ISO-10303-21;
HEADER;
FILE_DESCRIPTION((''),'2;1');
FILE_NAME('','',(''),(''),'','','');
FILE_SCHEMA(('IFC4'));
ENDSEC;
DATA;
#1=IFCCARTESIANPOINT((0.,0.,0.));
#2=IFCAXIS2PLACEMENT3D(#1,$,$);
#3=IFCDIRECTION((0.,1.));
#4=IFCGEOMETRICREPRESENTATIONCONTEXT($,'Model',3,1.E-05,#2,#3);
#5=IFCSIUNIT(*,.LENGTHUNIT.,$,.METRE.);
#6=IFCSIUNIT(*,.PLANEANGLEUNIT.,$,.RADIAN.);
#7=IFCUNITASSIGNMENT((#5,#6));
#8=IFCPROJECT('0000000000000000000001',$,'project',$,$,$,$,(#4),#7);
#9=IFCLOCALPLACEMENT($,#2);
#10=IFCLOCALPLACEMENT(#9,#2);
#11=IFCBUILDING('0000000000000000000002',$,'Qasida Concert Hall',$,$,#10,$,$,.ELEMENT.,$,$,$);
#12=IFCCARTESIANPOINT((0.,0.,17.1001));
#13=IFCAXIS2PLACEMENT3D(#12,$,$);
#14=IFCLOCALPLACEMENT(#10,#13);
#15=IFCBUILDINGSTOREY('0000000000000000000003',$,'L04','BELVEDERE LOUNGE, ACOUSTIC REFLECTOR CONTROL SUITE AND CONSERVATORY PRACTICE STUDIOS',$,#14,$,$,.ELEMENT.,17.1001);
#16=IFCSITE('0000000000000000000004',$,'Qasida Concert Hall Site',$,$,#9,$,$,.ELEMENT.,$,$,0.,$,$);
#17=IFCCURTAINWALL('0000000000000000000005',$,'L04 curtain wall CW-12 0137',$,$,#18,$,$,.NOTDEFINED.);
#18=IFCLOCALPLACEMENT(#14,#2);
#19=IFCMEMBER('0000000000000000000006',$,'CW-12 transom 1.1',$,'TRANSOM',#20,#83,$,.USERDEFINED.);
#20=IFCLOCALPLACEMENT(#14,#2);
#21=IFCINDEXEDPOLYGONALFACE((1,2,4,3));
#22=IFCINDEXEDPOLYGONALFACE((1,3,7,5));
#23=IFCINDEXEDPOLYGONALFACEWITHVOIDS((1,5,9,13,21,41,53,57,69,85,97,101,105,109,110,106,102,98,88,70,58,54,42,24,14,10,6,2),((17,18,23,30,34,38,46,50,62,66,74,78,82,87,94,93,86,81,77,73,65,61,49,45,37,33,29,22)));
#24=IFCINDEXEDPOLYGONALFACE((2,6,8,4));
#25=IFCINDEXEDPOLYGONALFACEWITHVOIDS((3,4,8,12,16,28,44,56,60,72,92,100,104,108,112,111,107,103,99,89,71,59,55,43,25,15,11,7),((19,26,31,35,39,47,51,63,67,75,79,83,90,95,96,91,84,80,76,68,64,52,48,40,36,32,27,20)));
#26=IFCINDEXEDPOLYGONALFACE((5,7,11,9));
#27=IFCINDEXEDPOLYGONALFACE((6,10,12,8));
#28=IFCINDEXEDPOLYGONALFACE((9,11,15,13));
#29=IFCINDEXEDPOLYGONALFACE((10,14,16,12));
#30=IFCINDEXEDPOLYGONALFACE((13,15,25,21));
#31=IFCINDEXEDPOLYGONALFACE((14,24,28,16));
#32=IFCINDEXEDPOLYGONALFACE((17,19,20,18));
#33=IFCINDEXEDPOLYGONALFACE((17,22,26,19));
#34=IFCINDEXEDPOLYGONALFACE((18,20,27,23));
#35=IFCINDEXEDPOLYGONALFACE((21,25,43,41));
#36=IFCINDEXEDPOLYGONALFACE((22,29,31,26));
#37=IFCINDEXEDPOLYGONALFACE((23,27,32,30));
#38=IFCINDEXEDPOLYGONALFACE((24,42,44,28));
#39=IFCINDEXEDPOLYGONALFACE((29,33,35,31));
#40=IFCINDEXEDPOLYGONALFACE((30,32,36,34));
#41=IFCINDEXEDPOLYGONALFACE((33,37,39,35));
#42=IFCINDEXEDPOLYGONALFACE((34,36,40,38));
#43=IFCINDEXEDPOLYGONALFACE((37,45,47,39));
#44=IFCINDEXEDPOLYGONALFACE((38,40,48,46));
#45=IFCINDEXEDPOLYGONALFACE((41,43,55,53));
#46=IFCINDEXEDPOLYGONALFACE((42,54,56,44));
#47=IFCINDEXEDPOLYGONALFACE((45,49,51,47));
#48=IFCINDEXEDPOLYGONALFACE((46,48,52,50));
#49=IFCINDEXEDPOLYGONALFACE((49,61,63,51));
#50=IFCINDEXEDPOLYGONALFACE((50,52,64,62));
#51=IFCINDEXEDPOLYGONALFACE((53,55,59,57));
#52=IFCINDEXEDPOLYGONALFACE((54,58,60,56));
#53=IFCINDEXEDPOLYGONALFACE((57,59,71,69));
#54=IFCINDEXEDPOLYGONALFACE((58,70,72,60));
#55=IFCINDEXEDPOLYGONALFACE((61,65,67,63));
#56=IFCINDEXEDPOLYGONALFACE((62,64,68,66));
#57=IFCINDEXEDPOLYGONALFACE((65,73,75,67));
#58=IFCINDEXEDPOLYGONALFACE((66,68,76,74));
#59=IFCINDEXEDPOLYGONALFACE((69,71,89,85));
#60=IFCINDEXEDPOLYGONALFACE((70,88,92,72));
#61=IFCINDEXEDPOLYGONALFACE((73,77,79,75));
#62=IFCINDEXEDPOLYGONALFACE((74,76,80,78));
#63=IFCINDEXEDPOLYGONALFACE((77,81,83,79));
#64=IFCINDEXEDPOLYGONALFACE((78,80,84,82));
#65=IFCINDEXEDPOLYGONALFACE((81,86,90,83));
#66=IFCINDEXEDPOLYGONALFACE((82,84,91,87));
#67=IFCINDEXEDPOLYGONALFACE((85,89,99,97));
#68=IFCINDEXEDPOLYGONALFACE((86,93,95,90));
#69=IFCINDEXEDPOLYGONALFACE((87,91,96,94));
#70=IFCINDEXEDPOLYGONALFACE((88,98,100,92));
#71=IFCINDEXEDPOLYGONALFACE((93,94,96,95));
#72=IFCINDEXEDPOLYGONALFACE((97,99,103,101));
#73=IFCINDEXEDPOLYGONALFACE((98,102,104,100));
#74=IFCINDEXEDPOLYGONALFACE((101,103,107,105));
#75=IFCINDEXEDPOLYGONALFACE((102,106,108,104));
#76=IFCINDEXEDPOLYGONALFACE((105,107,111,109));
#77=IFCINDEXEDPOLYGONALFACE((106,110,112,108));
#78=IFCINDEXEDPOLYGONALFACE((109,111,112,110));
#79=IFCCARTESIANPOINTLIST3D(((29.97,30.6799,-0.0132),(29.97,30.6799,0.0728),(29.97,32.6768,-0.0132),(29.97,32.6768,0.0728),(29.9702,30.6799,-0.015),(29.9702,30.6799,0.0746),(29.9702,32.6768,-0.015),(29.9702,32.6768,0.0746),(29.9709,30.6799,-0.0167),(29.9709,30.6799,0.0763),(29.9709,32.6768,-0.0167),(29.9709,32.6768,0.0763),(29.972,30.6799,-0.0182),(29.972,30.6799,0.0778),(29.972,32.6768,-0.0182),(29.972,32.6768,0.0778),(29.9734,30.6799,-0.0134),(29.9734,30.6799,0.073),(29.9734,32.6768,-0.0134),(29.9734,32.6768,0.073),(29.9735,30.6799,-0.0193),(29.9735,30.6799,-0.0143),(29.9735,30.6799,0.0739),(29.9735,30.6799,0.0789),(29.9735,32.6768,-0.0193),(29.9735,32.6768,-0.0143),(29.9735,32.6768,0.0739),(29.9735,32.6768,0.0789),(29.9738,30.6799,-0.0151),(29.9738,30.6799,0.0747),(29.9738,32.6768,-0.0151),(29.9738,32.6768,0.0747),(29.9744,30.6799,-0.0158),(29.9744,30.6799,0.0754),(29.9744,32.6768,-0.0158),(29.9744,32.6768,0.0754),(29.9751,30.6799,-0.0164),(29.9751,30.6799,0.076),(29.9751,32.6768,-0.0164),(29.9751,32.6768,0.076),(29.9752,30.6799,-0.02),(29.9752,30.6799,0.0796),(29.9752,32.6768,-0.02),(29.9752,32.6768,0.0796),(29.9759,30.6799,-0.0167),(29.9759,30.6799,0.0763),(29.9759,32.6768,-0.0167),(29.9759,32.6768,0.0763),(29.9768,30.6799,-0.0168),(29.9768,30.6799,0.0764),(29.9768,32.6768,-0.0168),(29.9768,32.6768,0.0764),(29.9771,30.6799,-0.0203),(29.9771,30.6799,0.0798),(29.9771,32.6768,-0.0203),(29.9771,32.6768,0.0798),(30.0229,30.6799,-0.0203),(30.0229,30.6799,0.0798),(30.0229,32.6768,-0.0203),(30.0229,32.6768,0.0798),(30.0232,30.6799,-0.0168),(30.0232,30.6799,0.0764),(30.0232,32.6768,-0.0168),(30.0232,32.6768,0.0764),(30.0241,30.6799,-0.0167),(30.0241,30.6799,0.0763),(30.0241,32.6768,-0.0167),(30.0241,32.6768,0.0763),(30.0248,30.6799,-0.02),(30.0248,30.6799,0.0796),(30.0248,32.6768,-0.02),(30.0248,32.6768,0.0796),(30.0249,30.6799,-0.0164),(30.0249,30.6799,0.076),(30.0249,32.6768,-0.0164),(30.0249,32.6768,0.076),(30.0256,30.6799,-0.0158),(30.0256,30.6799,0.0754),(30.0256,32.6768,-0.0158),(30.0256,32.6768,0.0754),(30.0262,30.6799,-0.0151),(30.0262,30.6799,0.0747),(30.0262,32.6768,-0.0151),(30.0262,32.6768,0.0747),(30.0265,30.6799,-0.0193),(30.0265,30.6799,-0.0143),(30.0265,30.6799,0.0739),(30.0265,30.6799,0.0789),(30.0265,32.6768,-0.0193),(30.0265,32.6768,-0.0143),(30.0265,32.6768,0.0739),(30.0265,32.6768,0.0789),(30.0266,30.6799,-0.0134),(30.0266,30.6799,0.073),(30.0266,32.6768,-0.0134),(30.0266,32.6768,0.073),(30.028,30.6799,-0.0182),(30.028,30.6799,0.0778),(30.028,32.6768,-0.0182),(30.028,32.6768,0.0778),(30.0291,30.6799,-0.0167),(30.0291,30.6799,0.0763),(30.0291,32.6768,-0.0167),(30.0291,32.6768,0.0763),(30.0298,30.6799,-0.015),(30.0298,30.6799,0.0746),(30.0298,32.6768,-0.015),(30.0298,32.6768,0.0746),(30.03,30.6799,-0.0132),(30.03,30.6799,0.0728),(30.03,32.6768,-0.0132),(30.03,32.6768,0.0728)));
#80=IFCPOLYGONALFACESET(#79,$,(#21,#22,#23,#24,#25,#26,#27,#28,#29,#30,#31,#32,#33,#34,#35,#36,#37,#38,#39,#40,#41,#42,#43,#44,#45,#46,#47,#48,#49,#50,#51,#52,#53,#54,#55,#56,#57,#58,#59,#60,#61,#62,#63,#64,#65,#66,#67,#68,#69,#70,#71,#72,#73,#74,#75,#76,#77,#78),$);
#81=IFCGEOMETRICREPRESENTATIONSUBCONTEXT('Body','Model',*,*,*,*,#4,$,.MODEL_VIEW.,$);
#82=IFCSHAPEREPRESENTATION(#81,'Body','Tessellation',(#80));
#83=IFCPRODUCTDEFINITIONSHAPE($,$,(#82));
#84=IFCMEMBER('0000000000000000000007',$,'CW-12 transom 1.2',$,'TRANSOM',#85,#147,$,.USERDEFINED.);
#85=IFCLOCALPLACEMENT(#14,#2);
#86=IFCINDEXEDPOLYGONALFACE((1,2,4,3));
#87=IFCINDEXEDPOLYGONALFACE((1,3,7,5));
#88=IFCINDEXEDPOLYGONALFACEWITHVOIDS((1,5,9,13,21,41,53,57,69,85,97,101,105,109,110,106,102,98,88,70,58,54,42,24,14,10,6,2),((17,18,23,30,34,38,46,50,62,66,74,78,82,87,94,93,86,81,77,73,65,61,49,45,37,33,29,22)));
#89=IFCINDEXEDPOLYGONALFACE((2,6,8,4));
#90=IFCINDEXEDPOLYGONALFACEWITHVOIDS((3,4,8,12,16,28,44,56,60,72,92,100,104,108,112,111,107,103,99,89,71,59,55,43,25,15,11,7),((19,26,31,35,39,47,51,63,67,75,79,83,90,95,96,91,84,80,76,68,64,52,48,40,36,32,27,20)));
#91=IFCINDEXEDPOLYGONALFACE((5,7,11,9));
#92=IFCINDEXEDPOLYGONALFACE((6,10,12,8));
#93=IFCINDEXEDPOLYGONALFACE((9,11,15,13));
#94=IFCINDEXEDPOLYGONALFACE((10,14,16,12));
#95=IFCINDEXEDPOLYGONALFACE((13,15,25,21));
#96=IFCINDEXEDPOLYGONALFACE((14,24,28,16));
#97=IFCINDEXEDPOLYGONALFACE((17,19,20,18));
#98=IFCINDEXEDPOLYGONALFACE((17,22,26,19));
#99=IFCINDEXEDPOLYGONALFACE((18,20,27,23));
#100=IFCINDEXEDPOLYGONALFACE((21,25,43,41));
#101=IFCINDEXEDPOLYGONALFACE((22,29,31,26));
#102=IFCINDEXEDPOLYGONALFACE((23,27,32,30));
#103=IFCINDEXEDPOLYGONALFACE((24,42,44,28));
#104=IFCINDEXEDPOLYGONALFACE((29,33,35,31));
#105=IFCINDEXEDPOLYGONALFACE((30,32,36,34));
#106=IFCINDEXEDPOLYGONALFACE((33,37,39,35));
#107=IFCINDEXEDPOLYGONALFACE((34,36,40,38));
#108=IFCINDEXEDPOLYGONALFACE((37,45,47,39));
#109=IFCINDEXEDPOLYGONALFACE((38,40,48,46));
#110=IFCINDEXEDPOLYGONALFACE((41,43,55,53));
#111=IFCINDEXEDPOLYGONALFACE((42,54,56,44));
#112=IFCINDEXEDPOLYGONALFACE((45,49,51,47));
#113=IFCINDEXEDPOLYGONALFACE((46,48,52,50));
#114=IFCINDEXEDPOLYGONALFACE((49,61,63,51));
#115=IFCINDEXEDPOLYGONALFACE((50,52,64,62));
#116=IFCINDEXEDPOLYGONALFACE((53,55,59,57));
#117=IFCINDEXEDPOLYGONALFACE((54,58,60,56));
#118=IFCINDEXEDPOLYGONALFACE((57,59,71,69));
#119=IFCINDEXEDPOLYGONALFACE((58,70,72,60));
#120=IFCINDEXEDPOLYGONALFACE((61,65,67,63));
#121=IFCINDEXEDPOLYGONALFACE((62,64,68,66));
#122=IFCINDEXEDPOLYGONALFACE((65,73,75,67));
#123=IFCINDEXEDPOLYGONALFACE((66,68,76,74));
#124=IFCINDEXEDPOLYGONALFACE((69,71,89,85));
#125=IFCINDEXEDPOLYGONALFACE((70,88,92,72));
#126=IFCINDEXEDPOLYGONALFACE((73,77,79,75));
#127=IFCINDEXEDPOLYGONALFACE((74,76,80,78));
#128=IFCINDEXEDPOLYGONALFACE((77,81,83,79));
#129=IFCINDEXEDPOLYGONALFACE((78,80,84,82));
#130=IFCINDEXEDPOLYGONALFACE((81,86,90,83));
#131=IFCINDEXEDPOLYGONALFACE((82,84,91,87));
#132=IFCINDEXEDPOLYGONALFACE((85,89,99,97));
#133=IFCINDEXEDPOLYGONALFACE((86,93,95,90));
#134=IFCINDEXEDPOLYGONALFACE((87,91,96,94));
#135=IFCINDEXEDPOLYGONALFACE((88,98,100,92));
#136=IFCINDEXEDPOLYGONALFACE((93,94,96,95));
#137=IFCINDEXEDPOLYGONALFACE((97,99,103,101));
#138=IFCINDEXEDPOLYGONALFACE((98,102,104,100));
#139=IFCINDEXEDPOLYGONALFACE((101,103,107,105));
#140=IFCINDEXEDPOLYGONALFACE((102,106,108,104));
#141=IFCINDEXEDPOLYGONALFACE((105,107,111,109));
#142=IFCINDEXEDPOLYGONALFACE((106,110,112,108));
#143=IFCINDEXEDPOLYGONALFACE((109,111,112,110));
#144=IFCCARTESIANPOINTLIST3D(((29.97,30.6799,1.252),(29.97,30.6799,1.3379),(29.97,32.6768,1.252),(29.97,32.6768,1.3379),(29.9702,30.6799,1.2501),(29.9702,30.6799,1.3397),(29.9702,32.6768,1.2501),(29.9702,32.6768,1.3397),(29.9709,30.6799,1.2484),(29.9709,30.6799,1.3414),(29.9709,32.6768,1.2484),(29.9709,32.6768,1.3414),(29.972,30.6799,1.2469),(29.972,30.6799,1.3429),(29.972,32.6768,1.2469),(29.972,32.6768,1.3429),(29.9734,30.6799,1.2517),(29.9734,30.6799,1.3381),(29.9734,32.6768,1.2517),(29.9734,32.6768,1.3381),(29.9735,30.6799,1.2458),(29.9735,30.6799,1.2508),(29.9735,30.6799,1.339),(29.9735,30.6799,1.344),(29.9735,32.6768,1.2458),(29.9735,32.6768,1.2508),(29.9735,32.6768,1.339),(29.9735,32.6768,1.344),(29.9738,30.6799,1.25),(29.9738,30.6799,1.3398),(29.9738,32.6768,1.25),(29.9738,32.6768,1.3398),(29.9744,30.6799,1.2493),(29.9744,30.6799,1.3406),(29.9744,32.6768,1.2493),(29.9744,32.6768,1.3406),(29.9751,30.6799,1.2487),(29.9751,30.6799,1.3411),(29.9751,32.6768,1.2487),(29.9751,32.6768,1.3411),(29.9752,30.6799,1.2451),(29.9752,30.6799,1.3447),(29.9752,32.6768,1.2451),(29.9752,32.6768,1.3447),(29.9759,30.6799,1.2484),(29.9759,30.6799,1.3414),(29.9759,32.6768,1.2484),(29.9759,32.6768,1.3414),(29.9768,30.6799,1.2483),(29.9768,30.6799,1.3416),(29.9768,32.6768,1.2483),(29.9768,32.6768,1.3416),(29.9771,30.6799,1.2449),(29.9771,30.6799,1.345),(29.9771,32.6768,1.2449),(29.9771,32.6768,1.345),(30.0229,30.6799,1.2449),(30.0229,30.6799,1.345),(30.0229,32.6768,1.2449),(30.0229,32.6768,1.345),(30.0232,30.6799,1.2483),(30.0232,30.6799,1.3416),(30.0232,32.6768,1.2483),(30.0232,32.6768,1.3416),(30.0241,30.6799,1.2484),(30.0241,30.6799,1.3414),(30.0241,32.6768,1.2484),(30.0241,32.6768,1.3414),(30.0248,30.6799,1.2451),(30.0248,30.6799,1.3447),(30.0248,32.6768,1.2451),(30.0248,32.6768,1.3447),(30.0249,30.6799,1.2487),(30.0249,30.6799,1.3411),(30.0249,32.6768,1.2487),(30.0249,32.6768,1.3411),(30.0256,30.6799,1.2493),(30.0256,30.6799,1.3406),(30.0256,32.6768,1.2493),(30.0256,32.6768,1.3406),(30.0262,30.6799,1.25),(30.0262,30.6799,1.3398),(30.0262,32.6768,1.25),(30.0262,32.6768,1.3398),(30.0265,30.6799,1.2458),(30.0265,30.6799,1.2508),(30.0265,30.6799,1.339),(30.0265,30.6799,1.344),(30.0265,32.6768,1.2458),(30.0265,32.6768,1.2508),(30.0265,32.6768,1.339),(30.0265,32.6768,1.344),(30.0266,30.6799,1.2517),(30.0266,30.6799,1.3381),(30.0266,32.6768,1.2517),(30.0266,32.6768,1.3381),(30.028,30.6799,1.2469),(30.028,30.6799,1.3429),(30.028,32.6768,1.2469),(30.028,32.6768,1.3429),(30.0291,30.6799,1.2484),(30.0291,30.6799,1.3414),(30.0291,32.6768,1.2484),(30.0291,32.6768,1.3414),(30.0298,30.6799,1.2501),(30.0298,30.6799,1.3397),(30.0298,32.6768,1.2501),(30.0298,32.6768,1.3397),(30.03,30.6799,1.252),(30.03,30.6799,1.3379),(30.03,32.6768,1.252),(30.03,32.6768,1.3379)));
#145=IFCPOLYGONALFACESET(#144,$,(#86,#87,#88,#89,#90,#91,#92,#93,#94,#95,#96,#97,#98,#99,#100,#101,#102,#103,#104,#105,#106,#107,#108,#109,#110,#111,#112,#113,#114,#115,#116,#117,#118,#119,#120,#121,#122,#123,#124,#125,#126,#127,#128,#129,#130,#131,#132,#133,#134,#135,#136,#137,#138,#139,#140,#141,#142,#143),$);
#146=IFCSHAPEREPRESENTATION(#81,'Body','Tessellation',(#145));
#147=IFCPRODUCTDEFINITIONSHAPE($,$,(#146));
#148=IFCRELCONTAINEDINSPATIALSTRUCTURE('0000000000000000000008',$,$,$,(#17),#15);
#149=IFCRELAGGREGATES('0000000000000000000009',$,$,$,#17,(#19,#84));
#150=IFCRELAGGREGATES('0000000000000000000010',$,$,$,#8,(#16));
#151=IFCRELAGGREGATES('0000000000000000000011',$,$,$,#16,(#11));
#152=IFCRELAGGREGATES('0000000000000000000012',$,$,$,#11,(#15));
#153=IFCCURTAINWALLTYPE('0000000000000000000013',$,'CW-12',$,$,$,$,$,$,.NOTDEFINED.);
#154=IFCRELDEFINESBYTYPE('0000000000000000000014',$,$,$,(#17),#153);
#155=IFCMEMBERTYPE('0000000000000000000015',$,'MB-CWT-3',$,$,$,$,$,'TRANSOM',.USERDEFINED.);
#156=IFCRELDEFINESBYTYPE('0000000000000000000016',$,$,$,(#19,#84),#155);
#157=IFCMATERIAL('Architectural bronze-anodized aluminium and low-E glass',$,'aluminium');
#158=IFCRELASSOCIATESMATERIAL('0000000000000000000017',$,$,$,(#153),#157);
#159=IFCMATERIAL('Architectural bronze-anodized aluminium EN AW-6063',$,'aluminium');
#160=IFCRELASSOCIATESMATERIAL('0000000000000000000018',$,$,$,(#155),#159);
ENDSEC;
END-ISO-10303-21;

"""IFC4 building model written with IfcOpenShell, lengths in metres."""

from ifc_helpers import new_model, si_unit, direction, frame, origin, origin_2d, place, context, subcontext, project, spatial, hollow_rectangle, extrude, material, material_profile, profile_set, type_object, element, aggregate, save


model = new_model("IFC4")

# Units and contexts
model_context = context("Model", 3, precision=1e-05, world=origin(), true_north=direction((0.0, 1.0)))
body_context = subcontext(model_context, "Body", "Model", "MODEL_VIEW")
ifc_project = project(units=[si_unit("LENGTHUNIT", "METRE"), si_unit("PLANEANGLEUNIT", "RADIAN")], contexts=[model_context])

# Site, building, storey
site_placement = place(None, origin())
site = spatial("IfcSite", under=ifc_project, at=site_placement, Name="Qasida Concert Hall Site", CompositionType="ELEMENT", RefElevation=0.0)
building_placement = place(site_placement, origin())
building = spatial("IfcBuilding", under=site, at=building_placement, Name="Qasida Concert Hall", CompositionType="ELEMENT")
storey_placement = place(building_placement, frame((0.0, 0.0, 17.1001)))
storey = spatial("IfcBuildingStorey", under=building, at=storey_placement, Name="L04", Description="BELVEDERE LOUNGE, ACOUSTIC REFLECTOR CONTROL SUITE AND CONSERVATORY PRACTICE STUDIOS", CompositionType="ELEMENT", Elevation=17.1001)

# Curtain wall
ifc_material_1 = material(Name="Architectural bronze-anodized aluminium and low-E glass", Category="aluminium")
curtain_wall_type = type_object("IfcCurtainWallType", Name="CW-12", PredefinedType="NOTDEFINED", material=ifc_material_1)
ifc_material_2 = material(Name="Architectural bronze-anodized aluminium EN AW-6063", Category="aluminium")
curtain_wall_1_placement = place(storey_placement, origin())
curtain_wall_1 = element("IfcCurtainWall", 1, at=curtain_wall_1_placement, inside=storey, type_object=curtain_wall_type, Name="L04 curtain wall CW-12 0137", PredefinedType="NOTDEFINED")

# Members
ifc_material_profile_1 = material_profile(ifc_material_2, hollow_rectangle(XDim=0.0601, YDim=0.1001, WallThickness=0.0034, InnerFilletRadius=0.0034, OuterFilletRadius=0.0071, at=origin_2d()), Name="CWT 100x60x3.5")
ifc_profile_set_1 = profile_set([ifc_material_profile_1], Name="Architectural bronze-anodized aluminium EN AW-6063")
member_type_1 = type_object("IfcMemberType", Name="MB-CWT-3", ElementType="TRANSOM", PredefinedType="USERDEFINED", material=ifc_profile_set_1)
member_1_placement = place(storey_placement, frame((30.0, 30.6799, 0.0298), z_axis=(0.0, 1.0, 0.0), x_axis=(-1.0, 0.0, 0.0)))
member_1 = element("IfcMember", 2, at=member_1_placement, type_object=member_type_1, Name="CW-12 transom 1.1", ObjectType="TRANSOM", PredefinedType="USERDEFINED", context=body_context, shape_type="SweptSolid", body=[
    extrude(hollow_rectangle(XDim=0.0601, YDim=0.1001, WallThickness=0.0034, InnerFilletRadius=0.0034, OuterFilletRadius=0.0071, at=origin_2d()), origin(), (0.0, 0.0, 1.0), 1.9968),
])
member_2_placement = place(storey_placement, frame((30.0, 30.6799, 1.2949), z_axis=(0.0, 1.0, 0.0), x_axis=(-1.0, 0.0, 0.0)))
member_2 = element("IfcMember", 3, at=member_2_placement, type_object=member_type_1, Name="CW-12 transom 1.2", ObjectType="TRANSOM", PredefinedType="USERDEFINED", context=body_context, shape_type="SweptSolid", body=[
    extrude(hollow_rectangle(XDim=0.0601, YDim=0.1001, WallThickness=0.0034, InnerFilletRadius=0.0034, OuterFilletRadius=0.0071, at=origin_2d()), origin(), (0.0, 0.0, 1.0), 1.9968),
])

aggregate(curtain_wall_1, [member_1, member_2])

save(model, "model.ifc")
